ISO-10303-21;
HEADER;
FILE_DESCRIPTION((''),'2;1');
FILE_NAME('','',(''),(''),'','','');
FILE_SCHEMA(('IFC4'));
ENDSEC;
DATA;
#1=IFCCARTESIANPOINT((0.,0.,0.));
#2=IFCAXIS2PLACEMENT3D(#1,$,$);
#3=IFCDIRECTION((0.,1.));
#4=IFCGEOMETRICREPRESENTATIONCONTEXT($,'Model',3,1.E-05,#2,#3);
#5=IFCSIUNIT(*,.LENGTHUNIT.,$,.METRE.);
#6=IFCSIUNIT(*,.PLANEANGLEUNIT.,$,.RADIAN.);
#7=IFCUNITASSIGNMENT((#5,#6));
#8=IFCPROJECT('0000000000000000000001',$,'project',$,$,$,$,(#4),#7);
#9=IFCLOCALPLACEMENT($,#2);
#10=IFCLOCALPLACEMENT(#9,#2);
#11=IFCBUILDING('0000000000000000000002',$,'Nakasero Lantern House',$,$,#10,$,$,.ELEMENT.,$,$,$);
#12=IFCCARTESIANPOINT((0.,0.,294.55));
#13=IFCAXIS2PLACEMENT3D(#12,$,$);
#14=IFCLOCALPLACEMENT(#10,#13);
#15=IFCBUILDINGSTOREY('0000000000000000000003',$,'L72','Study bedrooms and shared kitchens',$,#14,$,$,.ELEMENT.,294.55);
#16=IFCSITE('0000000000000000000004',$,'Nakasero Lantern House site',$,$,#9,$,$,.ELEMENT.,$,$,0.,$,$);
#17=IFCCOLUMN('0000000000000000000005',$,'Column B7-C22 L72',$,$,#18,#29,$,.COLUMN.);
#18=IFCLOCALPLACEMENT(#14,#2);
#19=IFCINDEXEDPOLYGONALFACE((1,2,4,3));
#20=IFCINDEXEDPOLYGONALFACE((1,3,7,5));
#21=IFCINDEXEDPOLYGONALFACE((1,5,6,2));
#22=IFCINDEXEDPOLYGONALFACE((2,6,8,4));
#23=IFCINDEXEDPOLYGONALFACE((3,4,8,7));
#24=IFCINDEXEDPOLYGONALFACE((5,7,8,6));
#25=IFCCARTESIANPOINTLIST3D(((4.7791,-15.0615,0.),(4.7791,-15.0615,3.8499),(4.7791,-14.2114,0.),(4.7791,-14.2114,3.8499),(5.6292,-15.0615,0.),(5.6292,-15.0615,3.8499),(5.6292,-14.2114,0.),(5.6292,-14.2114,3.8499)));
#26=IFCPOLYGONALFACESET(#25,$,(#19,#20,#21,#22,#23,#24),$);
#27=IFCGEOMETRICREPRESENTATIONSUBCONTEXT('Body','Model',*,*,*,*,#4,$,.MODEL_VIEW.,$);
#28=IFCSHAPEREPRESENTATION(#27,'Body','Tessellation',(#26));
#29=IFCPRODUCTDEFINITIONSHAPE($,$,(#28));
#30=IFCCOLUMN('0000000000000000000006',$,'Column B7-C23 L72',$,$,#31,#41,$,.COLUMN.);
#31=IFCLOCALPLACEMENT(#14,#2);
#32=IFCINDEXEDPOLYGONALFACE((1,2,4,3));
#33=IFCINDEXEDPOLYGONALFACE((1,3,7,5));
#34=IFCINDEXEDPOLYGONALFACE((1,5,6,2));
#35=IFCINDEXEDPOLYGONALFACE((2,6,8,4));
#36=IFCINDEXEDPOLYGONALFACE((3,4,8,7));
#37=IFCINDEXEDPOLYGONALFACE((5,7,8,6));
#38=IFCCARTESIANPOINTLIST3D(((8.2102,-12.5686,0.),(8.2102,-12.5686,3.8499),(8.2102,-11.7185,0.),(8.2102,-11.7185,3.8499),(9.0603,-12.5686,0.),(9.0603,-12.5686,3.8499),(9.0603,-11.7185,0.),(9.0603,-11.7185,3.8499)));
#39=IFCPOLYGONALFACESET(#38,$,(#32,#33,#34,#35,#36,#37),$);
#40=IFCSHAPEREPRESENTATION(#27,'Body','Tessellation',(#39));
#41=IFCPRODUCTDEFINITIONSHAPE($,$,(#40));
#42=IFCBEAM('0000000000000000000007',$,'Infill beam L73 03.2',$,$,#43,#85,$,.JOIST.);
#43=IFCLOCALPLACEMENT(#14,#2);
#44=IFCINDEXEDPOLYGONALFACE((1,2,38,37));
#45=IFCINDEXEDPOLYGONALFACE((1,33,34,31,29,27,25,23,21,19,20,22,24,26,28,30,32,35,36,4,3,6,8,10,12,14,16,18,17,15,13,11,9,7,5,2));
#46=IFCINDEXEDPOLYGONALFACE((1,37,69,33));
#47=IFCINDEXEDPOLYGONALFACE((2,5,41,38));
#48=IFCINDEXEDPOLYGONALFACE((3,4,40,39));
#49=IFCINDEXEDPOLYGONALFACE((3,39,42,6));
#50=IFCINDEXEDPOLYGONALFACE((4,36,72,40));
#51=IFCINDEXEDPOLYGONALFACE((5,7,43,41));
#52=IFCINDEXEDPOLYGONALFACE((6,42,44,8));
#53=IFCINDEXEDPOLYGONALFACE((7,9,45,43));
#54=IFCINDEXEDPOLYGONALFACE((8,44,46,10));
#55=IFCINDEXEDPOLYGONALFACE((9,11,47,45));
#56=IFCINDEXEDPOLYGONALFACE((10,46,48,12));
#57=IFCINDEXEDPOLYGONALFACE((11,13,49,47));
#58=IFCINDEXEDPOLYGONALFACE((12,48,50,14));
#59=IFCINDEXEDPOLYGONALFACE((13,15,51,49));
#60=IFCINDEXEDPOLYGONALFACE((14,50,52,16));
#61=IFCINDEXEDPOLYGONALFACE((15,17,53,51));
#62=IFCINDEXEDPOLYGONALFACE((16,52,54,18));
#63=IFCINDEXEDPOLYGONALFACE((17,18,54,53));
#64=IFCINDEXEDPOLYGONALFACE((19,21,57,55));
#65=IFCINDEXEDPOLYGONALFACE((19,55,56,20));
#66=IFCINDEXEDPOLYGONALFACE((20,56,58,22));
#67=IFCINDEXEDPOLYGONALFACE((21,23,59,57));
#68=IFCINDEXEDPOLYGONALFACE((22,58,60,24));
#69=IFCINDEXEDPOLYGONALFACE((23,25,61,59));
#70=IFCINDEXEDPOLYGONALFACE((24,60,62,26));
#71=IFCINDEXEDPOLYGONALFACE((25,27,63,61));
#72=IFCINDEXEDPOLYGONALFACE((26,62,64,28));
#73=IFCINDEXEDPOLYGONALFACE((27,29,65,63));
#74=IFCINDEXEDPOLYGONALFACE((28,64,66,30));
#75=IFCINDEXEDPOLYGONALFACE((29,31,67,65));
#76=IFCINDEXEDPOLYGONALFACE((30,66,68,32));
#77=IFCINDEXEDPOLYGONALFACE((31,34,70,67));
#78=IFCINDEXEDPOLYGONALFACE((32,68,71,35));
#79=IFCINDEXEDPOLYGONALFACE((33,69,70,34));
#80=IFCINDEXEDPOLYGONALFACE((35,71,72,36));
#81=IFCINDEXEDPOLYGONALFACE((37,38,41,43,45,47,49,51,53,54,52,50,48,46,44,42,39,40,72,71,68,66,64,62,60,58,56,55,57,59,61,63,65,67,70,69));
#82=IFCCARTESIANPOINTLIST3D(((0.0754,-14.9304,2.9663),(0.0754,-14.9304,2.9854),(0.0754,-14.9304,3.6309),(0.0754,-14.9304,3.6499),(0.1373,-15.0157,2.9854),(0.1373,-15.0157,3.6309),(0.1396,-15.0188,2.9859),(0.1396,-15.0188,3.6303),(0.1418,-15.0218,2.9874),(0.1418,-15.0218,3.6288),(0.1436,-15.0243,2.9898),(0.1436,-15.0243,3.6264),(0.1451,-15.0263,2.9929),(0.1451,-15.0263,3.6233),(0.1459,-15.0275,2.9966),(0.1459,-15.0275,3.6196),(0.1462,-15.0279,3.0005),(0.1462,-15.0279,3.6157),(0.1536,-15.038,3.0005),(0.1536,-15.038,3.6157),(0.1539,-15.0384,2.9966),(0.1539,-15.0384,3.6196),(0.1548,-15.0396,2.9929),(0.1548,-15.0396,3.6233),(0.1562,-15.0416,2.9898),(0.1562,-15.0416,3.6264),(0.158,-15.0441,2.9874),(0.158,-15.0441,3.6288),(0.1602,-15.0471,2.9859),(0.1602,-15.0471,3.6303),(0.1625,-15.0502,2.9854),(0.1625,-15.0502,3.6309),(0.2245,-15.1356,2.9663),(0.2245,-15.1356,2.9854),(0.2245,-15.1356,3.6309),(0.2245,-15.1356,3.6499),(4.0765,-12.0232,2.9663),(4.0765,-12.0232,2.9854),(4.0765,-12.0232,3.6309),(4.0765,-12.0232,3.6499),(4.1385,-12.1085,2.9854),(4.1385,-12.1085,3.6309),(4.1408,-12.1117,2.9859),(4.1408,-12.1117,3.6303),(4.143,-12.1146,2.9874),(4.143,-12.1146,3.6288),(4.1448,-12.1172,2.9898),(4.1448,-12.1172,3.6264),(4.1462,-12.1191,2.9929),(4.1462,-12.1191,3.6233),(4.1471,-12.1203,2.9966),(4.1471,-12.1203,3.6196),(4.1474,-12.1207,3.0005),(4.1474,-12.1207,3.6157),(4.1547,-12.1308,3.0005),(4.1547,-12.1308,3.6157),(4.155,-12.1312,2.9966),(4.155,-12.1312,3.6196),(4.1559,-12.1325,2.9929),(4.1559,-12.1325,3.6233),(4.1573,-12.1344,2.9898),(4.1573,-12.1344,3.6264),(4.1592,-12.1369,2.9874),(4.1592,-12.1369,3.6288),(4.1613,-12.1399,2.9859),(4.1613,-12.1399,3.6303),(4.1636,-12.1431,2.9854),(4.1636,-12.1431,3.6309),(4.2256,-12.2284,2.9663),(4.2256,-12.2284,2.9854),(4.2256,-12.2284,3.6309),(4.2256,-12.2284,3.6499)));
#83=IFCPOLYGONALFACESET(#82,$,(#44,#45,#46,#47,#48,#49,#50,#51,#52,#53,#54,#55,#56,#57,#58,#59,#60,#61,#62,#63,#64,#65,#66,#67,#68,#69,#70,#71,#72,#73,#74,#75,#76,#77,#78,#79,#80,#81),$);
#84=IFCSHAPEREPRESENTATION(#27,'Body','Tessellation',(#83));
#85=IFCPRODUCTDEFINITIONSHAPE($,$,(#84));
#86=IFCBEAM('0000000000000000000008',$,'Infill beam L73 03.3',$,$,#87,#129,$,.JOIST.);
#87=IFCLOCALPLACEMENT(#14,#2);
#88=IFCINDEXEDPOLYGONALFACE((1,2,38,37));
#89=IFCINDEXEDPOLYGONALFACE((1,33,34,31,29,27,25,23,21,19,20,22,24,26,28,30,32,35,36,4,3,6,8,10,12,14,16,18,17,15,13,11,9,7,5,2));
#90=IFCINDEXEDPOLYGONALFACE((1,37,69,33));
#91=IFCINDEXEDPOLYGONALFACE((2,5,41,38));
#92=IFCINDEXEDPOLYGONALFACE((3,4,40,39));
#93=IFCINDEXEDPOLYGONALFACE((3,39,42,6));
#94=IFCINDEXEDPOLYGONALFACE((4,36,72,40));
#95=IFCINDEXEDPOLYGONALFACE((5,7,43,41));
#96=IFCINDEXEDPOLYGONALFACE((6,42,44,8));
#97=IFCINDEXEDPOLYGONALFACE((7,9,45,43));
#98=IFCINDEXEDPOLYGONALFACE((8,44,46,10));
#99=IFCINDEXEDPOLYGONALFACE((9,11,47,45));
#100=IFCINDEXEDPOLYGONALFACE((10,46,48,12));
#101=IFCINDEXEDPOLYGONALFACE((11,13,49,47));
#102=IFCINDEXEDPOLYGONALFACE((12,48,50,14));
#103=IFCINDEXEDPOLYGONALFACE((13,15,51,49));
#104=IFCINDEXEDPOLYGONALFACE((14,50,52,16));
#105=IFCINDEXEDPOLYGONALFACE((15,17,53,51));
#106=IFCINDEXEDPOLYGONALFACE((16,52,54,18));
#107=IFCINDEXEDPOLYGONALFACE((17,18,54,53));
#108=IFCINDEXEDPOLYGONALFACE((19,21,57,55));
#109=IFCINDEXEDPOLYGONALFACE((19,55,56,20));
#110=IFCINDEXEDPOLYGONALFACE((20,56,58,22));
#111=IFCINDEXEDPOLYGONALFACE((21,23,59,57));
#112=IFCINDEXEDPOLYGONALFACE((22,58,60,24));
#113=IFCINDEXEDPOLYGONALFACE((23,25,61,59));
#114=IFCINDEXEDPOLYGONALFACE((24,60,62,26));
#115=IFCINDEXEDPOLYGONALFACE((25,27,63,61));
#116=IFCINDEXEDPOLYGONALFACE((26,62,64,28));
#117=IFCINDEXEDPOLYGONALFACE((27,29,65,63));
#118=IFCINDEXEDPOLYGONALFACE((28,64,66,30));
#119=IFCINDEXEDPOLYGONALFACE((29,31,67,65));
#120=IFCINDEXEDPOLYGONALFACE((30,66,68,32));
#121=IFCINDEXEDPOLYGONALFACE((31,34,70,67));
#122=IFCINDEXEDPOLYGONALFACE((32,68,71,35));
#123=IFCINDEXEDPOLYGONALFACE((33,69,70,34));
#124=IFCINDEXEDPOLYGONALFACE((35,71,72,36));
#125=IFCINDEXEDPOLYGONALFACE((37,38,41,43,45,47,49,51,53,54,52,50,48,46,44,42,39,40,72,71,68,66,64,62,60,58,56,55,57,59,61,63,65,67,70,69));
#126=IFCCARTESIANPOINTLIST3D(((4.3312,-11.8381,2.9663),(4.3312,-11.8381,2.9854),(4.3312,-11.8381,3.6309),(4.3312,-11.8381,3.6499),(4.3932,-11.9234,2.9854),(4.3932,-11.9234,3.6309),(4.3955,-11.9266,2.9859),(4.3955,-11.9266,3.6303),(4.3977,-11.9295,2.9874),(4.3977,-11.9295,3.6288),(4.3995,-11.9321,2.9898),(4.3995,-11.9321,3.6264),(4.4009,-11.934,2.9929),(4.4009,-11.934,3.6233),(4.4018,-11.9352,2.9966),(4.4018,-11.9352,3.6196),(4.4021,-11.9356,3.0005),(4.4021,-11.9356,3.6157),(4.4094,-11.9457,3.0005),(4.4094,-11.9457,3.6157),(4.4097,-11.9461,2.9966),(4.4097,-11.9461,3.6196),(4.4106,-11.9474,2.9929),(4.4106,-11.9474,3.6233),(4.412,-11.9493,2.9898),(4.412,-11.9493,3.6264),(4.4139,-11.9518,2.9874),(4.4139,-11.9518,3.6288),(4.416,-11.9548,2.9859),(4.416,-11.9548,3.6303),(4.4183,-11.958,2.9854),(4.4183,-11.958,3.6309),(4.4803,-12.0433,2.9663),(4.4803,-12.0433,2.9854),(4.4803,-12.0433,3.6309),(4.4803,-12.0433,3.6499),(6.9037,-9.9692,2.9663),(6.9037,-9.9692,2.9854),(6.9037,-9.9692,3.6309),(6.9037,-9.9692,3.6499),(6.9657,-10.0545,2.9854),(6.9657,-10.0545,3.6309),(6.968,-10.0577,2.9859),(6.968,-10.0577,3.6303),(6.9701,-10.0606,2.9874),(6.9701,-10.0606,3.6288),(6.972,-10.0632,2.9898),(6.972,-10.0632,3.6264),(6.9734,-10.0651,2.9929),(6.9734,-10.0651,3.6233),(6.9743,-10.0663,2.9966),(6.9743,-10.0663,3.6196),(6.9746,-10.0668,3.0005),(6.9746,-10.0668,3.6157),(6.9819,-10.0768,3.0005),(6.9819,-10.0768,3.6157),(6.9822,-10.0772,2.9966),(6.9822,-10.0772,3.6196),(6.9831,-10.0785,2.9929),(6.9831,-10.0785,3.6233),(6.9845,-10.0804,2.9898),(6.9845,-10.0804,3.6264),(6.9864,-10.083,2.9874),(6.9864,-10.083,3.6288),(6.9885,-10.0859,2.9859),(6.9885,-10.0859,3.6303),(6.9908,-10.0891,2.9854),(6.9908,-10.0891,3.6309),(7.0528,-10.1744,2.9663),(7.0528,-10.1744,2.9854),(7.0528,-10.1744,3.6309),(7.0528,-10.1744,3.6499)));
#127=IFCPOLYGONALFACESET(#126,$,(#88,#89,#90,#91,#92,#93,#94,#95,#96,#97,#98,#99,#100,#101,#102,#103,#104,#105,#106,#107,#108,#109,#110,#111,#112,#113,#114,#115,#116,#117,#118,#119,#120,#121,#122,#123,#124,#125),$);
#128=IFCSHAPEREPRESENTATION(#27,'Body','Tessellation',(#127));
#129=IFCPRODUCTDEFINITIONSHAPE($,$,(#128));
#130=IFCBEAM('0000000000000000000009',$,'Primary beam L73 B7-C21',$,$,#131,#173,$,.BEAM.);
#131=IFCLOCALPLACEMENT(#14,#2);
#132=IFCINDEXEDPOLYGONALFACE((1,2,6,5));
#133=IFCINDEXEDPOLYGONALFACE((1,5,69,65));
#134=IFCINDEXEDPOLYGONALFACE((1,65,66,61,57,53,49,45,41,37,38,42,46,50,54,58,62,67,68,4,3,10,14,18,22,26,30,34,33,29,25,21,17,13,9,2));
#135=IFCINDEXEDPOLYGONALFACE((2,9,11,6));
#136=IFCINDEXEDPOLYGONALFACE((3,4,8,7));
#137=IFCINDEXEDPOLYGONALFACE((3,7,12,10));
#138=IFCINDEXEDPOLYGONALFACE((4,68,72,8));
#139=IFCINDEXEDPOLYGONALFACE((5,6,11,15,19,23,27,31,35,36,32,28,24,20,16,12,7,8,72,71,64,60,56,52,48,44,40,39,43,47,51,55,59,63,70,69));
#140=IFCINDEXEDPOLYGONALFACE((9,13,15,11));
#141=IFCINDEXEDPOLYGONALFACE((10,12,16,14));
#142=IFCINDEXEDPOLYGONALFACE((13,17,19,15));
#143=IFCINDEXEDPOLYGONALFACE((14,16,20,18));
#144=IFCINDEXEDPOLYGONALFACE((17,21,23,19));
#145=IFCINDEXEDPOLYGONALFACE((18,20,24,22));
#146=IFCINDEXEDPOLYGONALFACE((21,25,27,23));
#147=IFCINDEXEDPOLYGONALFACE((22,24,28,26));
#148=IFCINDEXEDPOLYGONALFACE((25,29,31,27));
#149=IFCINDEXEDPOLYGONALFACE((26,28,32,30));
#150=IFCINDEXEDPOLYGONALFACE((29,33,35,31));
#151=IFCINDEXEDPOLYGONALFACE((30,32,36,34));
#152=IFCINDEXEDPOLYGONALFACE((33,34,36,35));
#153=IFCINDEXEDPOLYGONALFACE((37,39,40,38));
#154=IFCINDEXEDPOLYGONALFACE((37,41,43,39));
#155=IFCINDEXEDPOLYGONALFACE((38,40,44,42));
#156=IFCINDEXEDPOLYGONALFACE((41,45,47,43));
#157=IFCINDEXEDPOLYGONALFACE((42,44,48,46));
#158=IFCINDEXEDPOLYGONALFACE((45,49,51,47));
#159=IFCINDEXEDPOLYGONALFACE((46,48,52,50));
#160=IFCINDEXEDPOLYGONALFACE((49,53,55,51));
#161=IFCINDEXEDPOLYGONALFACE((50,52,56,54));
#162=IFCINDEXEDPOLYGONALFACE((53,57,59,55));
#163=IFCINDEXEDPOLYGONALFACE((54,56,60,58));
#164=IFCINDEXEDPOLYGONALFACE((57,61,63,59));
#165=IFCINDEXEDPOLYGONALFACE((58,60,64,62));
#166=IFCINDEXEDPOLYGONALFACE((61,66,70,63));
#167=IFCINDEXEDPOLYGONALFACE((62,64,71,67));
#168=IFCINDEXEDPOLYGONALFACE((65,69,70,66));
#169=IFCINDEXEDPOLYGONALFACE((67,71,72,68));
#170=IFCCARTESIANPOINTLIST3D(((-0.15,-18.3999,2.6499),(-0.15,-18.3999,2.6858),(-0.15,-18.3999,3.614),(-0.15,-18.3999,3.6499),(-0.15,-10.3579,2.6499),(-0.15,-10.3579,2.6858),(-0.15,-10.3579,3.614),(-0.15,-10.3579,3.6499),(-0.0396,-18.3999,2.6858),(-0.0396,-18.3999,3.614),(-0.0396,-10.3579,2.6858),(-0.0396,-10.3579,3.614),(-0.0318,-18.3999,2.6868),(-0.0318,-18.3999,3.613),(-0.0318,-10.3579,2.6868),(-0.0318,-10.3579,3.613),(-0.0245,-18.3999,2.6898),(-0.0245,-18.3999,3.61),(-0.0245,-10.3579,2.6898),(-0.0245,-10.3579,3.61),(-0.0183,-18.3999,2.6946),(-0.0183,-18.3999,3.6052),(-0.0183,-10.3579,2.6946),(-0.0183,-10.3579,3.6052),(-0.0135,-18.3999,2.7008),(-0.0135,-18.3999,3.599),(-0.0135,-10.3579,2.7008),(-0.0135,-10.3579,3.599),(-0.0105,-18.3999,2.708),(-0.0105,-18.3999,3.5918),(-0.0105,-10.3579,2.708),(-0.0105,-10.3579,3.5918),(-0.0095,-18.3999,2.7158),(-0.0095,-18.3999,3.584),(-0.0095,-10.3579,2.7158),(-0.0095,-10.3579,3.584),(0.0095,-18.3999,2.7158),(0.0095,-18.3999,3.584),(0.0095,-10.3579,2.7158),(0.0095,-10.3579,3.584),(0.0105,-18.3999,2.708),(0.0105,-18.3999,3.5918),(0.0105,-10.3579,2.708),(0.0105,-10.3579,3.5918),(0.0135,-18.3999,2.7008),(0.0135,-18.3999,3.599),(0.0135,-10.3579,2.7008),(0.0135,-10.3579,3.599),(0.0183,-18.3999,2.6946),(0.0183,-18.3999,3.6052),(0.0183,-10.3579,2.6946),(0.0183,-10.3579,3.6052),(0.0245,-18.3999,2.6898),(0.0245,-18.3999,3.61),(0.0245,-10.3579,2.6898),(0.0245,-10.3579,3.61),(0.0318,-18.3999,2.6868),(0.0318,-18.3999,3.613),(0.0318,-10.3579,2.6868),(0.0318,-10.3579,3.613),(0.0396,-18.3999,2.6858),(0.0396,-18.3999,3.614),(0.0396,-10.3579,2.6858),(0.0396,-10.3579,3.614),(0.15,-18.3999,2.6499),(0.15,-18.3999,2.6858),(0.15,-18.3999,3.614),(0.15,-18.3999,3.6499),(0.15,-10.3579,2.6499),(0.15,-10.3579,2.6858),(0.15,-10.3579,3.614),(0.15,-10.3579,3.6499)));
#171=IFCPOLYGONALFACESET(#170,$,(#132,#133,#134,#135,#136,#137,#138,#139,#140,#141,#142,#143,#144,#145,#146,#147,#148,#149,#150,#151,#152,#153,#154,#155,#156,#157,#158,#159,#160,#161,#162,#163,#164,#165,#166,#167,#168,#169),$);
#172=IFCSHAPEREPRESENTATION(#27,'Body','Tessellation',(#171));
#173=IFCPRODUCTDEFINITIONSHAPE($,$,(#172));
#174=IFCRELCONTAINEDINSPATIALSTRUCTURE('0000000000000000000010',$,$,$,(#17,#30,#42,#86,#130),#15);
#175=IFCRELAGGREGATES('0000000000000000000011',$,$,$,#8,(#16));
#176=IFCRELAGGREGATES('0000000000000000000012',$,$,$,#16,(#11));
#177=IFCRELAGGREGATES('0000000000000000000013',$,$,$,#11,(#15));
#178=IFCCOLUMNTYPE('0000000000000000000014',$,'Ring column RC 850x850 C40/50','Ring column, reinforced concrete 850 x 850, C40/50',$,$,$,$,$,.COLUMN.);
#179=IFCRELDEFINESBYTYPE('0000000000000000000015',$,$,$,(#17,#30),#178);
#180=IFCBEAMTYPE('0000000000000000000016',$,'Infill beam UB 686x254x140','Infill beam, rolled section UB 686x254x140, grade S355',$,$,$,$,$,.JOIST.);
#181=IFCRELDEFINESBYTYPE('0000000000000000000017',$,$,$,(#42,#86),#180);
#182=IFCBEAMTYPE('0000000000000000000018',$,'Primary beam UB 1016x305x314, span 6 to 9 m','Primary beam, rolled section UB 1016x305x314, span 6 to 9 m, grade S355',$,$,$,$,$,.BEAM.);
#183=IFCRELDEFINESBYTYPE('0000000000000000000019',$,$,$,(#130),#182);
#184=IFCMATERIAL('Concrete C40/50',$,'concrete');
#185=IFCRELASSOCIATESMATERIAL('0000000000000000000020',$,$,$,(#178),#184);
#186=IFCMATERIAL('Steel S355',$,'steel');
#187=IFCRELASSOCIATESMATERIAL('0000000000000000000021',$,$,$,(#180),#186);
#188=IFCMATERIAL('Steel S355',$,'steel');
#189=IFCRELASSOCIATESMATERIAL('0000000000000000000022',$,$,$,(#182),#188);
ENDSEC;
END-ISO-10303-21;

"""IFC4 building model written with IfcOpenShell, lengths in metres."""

from ifc_helpers import new_model, si_unit, direction, frame, origin, origin_2d, place, context, subcontext, project, spatial, rectangle, i_section, extrude, material, material_profile, profile_set, type_object, element, save


model = new_model("IFC4")

# Units and contexts
model_context = context("Model", 3, precision=1e-05, world=origin(), true_north=direction((0.0, 1.0)))
body_context = subcontext(model_context, "Body", "Model", "MODEL_VIEW")
ifc_project = project(units=[si_unit("LENGTHUNIT", "METRE"), si_unit("PLANEANGLEUNIT", "RADIAN")], contexts=[model_context])

# Site, building, storey
site_placement = place(None, origin())
site = spatial("IfcSite", under=ifc_project, at=site_placement, Name="Nakasero Lantern House site", CompositionType="ELEMENT", RefElevation=0.0)
building_placement = place(site_placement, origin())
building = spatial("IfcBuilding", under=site, at=building_placement, Name="Nakasero Lantern House", CompositionType="ELEMENT")
storey_placement = place(building_placement, frame((0.0, 0.0, 294.55)))
storey = spatial("IfcBuildingStorey", under=building, at=storey_placement, Name="L72", Description="Study bedrooms and shared kitchens", CompositionType="ELEMENT", Elevation=294.55)

# Columns
ifc_material_1 = material(Name="Concrete C40/50", Category="concrete")
ifc_material_profile_1 = material_profile(ifc_material_1, rectangle(XDim=0.8501, YDim=0.8501, at=origin_2d()), Name="RC 850x850")
ifc_profile_set_1 = profile_set([ifc_material_profile_1], Name="Concrete C40/50")
column_type = type_object("IfcColumnType", Name="Ring column RC 850x850 C40/50", Description="Ring column, reinforced concrete 850 x 850, C40/50", PredefinedType="COLUMN", material=ifc_profile_set_1)
for number, where, z_axis, x_axis, name in (
    (1, (5.2041, -14.6365, 0.0), (0.0, 0.0, 1.0), (1.0, 0.0, 0.0), "Column B7-C22 L72"),
    (2, (8.6353, -12.1436, 0.0), (0.0, 0.0, 1.0), (1.0, 0.0, 0.0), "Column B7-C23 L72"),
):
    element("IfcColumn", number, at=place(storey_placement, frame(where, z_axis=z_axis, x_axis=x_axis)), inside=storey, type_object=column_type, Name=name, PredefinedType="COLUMN", context=body_context, shape_type="SweptSolid", body=[
        extrude(rectangle(XDim=0.8501, YDim=0.8501, at=origin_2d()), origin(), (0.0, 0.0, 1.0), 3.8499),
    ])

# Beams
ifc_material_2 = material(Name="Steel S355", Category="steel")
ifc_material_profile_2 = material_profile(ifc_material_2, i_section(OverallWidth=0.2537, OverallDepth=0.6836, WebThickness=0.0125, FlangeThickness=0.019, FilletRadius=0.0151, at=origin_2d()), Name="UB 686x254x140")
ifc_profile_set_2 = profile_set([ifc_material_profile_2], Name="Steel S355")
beam_type_1 = type_object("IfcBeamType", Name="Infill beam UB 686x254x140", Description="Infill beam, rolled section UB 686x254x140, grade S355", PredefinedType="JOIST", material=ifc_profile_set_2)
beam_1_placement = place(storey_placement, frame((0.1499, -15.033, 3.3081), z_axis=(0.809001, 0.587808, 0.0), x_axis=(-0.587808, 0.809001, 0.0)))
element("IfcBeam", 3, at=beam_1_placement, inside=storey, type_object=beam_type_1, Name="Infill beam L73 03.2", PredefinedType="JOIST", context=body_context, shape_type="SweptSolid", body=[
    extrude(i_section(OverallWidth=0.2537, OverallDepth=0.6836, WebThickness=0.0125, FlangeThickness=0.019, FilletRadius=0.0151, at=origin_2d()), origin(), (0.0, 0.0, 1.0), 4.9458),
])
beam_2_placement = place(storey_placement, frame((4.4058, -11.9407, 3.3081), z_axis=(0.809038, 0.587756, 0.0), x_axis=(-0.587756, 0.809038, 0.0)))
element("IfcBeam", 4, at=beam_2_placement, inside=storey, type_object=beam_type_1, Name="Infill beam L73 03.3", PredefinedType="JOIST", context=body_context, shape_type="SweptSolid", body=[
    extrude(i_section(OverallWidth=0.2537, OverallDepth=0.6836, WebThickness=0.0125, FlangeThickness=0.019, FilletRadius=0.0151, at=origin_2d()), origin(), (0.0, 0.0, 1.0), 3.1797),
])
ifc_material_3 = material(Name="Steel S355", Category="steel")
ifc_material_profile_3 = material_profile(ifc_material_3, i_section(OverallWidth=0.3, OverallDepth=1.0, WebThickness=0.019, FlangeThickness=0.0359, FilletRadius=0.03, at=origin_2d()), Name="UB 1016x305x314")
ifc_profile_set_3 = profile_set([ifc_material_profile_3], Name="Steel S355")
beam_type_2 = type_object("IfcBeamType", Name="Primary beam UB 1016x305x314, span 6 to 9 m", Description="Primary beam, rolled section UB 1016x305x314, span 6 to 9 m, grade S355", PredefinedType="BEAM", material=ifc_profile_set_3)
beam_3_placement = place(storey_placement, frame((0.0, -18.3999, 3.1499), z_axis=(0.0, 1.0, 0.0), x_axis=(-1.0, 0.0, 0.0)))
element("IfcBeam", 5, at=beam_3_placement, inside=storey, type_object=beam_type_2, Name="Primary beam L73 B7-C21", PredefinedType="BEAM", context=body_context, shape_type="SweptSolid", body=[
    extrude(i_section(OverallWidth=0.3, OverallDepth=1.0, WebThickness=0.019, FlangeThickness=0.0359, FilletRadius=0.03, at=origin_2d()), origin(), (0.0, 0.0, 1.0), 8.042),
])

save(model, "model.ifc")
